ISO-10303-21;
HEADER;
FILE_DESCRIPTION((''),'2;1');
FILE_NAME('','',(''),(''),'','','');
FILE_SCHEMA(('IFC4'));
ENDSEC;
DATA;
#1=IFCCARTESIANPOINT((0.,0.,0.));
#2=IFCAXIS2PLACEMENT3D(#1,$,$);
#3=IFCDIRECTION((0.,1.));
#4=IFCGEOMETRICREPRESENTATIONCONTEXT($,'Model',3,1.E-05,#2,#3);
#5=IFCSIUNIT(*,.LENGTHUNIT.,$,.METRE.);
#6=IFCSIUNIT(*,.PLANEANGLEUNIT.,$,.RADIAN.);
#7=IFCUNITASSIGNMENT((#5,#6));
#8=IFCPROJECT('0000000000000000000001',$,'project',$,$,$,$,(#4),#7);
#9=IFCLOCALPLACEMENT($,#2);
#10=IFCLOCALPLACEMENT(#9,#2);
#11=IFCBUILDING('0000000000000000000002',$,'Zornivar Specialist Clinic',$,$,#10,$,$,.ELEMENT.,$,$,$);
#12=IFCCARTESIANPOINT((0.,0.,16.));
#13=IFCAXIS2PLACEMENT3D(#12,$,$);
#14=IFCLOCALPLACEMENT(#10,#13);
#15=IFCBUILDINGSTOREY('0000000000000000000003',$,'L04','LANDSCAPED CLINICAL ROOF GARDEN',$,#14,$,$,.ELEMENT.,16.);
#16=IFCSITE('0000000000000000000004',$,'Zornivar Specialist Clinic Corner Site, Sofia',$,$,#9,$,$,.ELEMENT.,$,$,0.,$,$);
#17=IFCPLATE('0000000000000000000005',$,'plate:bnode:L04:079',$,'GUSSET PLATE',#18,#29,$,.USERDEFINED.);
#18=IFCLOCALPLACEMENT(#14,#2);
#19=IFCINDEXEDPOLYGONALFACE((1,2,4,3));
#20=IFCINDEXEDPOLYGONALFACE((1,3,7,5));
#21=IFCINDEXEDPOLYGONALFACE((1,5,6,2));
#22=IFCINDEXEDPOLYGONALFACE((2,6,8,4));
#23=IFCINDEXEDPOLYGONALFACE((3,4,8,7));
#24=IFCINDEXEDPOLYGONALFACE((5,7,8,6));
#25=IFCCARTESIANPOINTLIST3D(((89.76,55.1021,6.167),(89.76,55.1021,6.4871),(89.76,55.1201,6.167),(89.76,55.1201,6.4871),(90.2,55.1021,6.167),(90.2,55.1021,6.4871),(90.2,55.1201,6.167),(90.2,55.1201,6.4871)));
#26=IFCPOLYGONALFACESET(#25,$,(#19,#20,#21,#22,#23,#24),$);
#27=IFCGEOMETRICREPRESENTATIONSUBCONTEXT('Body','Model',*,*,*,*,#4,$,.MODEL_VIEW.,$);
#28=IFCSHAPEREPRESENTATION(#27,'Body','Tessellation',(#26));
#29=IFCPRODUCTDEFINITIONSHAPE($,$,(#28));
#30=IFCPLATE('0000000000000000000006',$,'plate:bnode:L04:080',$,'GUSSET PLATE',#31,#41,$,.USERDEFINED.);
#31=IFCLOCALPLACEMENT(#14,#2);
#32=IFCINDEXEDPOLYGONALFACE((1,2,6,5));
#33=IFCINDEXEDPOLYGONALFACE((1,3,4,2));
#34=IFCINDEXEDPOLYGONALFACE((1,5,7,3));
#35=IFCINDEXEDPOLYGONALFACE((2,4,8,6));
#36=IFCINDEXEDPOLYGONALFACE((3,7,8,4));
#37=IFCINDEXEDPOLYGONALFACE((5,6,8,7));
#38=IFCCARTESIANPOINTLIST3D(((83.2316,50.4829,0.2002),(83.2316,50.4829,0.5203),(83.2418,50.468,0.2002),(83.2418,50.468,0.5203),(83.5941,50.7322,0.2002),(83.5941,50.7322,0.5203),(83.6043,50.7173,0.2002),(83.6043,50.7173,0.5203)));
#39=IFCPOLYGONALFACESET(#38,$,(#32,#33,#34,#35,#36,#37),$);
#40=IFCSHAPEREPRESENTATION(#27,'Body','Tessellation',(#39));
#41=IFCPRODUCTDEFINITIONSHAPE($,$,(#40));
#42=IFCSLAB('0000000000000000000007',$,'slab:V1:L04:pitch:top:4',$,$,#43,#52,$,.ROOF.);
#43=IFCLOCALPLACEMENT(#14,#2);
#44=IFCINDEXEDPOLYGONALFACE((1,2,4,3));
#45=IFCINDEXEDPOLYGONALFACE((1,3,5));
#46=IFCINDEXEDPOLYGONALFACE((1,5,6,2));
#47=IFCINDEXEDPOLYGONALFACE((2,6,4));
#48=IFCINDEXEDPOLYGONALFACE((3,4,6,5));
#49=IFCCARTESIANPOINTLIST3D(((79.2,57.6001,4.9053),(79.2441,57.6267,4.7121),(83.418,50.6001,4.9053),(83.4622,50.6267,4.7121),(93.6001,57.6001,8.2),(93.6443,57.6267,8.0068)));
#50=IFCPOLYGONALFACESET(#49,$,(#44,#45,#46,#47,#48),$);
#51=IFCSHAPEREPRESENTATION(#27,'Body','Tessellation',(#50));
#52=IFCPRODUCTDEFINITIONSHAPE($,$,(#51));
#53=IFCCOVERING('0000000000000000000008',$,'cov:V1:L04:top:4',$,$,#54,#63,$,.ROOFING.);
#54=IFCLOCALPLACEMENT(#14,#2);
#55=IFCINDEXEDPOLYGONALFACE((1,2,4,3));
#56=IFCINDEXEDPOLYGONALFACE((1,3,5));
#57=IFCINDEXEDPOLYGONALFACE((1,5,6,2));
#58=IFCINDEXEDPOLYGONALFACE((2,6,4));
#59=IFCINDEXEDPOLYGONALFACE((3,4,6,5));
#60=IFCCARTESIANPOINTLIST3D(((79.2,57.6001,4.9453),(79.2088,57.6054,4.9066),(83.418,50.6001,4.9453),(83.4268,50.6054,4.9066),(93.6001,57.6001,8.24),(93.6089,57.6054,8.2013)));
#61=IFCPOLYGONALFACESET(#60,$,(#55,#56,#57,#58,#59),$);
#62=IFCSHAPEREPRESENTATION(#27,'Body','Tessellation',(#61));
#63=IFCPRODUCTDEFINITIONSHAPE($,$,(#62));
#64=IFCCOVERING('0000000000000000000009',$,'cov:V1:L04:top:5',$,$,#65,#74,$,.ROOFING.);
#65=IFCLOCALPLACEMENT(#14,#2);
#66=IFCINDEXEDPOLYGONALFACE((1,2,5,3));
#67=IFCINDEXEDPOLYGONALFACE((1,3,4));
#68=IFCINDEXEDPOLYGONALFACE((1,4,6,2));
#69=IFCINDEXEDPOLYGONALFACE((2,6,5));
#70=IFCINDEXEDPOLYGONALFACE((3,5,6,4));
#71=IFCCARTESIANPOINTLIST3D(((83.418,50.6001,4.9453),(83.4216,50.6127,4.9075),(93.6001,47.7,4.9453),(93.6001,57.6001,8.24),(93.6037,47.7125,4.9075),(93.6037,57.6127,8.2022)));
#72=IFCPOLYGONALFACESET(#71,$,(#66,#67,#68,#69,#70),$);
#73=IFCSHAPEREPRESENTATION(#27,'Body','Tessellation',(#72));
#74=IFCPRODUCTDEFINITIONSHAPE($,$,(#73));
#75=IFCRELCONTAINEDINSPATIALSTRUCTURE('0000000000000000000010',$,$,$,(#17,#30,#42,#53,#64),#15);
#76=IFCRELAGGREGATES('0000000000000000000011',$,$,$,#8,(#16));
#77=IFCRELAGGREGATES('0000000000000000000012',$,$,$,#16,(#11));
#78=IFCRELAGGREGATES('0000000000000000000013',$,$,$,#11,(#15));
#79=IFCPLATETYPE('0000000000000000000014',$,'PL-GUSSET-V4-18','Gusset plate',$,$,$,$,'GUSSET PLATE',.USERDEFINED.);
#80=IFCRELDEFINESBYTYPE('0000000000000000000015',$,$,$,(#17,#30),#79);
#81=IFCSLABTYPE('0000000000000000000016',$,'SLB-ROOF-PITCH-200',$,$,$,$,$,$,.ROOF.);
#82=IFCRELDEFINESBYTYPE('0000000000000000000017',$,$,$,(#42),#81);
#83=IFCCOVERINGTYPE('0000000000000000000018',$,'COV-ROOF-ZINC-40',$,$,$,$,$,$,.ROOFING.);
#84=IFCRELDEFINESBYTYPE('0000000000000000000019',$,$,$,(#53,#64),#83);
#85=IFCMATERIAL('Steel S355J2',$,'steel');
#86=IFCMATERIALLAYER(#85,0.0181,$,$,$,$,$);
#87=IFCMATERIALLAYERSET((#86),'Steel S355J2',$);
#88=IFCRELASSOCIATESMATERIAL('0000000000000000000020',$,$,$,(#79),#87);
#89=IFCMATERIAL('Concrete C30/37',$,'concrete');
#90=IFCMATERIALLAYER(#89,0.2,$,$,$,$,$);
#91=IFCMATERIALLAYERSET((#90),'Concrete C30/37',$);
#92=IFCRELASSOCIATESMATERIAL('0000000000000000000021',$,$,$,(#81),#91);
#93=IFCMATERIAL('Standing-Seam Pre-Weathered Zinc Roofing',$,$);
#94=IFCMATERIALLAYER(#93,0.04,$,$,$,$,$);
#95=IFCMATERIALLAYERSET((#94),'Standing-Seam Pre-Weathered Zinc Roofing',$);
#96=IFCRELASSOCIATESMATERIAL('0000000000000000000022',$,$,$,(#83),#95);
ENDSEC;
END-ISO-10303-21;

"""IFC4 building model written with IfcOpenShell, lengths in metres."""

from ifc_helpers import new_model, si_unit, direction, frame, origin, origin_2d, place, context, subcontext, project, spatial, polyline, rectangle, outline, extrude, material, layer, layer_set, type_object, element, save


model = new_model("IFC4")

# Units and contexts
model_context = context("Model", 3, precision=1e-05, world=origin(), true_north=direction((0.0, 1.0)))
body_context = subcontext(model_context, "Body", "Model", "MODEL_VIEW")
ifc_project = project(units=[si_unit("LENGTHUNIT", "METRE"), si_unit("PLANEANGLEUNIT", "RADIAN")], contexts=[model_context])

# Site, building, storey
site_placement = place(None, origin())
site = spatial("IfcSite", under=ifc_project, at=site_placement, Name="Zornivar Specialist Clinic Corner Site, Sofia", CompositionType="ELEMENT", RefElevation=0.0)
building_placement = place(site_placement, origin())
building = spatial("IfcBuilding", under=site, at=building_placement, Name="Zornivar Specialist Clinic", CompositionType="ELEMENT")
storey_placement = place(building_placement, frame((0.0, 0.0, 16.0)))
storey = spatial("IfcBuildingStorey", under=building, at=storey_placement, Name="L04", Description="LANDSCAPED CLINICAL ROOF GARDEN", CompositionType="ELEMENT", Elevation=16.0)

# Plates
ifc_material_1 = material(Name="Steel S355J2", Category="steel")
ifc_layer_1 = layer(ifc_material_1, 0.0181)
ifc_layer_set_1 = layer_set([ifc_layer_1], Name="Steel S355J2")
plate_type_1 = type_object("IfcPlateType", Name="PL-GUSSET-V4-18", Description="Gusset plate", ElementType="GUSSET PLATE", PredefinedType="USERDEFINED", material=ifc_layer_set_1)
for number, where, z_axis, x_axis, name in (
    (1, (89.98, 55.1111, 6.167), (0.0, 0.0, 1.0), (1.0, 0.0, 0.0), "plate:bnode:L04:079"),
    (2, (83.418, 50.6001, 0.2002), (0.0, 0.0, 1.0), (0.824027, 0.56655, 0.0), "plate:bnode:L04:080"),
):
    element("IfcPlate", number, at=place(storey_placement, frame(where, z_axis=z_axis, x_axis=x_axis)), inside=storey, type_object=plate_type_1, Name=name, ObjectType="GUSSET PLATE", PredefinedType="USERDEFINED", context=body_context, shape_type="SweptSolid", body=[
        extrude(rectangle(XDim=0.4399, YDim=0.0181, at=origin_2d()), origin(), (0.0, 0.0, 1.0), 0.3201),
    ])

# Slab
ifc_material_2 = material(Name="Concrete C30/37", Category="concrete")
ifc_layer_2 = layer(ifc_material_2, 0.2)
ifc_layer_set_2 = layer_set([ifc_layer_2], Name="Concrete C30/37")
slab_type = type_object("IfcSlabType", Name="SLB-ROOF-PITCH-200", PredefinedType="ROOF", material=ifc_layer_set_2)
slab_placement = place(storey_placement, frame((79.2, 57.6001, 4.9053), z_axis=(-0.221044, -0.133196, 0.966125), x_axis=(0.516116, -0.856519, 0.0)))
element("IfcSlab", 3, at=slab_placement, inside=storey, type_object=slab_type, Name="slab:V1:L04:pitch:top:4", PredefinedType="ROOF", context=body_context, shape_type="SweptSolid", body=[
    extrude(outline(polyline([(0.0, 0.0), (8.1726, 0.0), (7.4321, 12.7665), (0.0, 0.0)])), origin(), (0.0, 0.0, -1.0), 0.2),
])

# Coverings
ifc_material_3 = material(Name="Standing-Seam Pre-Weathered Zinc Roofing")
ifc_layer_3 = layer(ifc_material_3, 0.04)
ifc_layer_set_3 = layer_set([ifc_layer_3], Name="Standing-Seam Pre-Weathered Zinc Roofing")
covering_type = type_object("IfcCoveringType", Name="COV-ROOF-ZINC-40", PredefinedType="ROOFING", material=ifc_layer_set_3)
covering_1_placement = place(storey_placement, frame((79.2, 57.6001, 4.9453), z_axis=(-0.221044, -0.133196, 0.966125), x_axis=(0.516116, -0.856519, 0.0)))
element("IfcCovering", 4, at=covering_1_placement, inside=storey, type_object=covering_type, Name="cov:V1:L04:top:4", PredefinedType="ROOFING", context=body_context, shape_type="SweptSolid", body=[
    extrude(outline(polyline([(0.0, 0.0), (8.1726, 0.0), (7.4321, 12.7665), (0.0, 0.0)])), origin(), (0.0, 0.0, -1.0), 0.04),
])
covering_2_placement = place(storey_placement, frame((83.418, 50.6001, 4.9453), z_axis=(-0.089577, -0.314495, 0.945023), x_axis=(0.961749, -0.273932, 0.0)))
element("IfcCovering", 5, at=covering_2_placement, inside=storey, type_object=covering_type, Name="cov:V1:L04:top:5", PredefinedType="ROOFING", context=body_context, shape_type="SweptSolid", body=[
    extrude(outline(polyline([(0.0, 0.0), (10.5871, 0.0), (7.8751, 10.0754), (0.0, 0.0)])), origin(), (0.0, 0.0, -1.0), 0.04),
])

save(model, "model.ifc")
